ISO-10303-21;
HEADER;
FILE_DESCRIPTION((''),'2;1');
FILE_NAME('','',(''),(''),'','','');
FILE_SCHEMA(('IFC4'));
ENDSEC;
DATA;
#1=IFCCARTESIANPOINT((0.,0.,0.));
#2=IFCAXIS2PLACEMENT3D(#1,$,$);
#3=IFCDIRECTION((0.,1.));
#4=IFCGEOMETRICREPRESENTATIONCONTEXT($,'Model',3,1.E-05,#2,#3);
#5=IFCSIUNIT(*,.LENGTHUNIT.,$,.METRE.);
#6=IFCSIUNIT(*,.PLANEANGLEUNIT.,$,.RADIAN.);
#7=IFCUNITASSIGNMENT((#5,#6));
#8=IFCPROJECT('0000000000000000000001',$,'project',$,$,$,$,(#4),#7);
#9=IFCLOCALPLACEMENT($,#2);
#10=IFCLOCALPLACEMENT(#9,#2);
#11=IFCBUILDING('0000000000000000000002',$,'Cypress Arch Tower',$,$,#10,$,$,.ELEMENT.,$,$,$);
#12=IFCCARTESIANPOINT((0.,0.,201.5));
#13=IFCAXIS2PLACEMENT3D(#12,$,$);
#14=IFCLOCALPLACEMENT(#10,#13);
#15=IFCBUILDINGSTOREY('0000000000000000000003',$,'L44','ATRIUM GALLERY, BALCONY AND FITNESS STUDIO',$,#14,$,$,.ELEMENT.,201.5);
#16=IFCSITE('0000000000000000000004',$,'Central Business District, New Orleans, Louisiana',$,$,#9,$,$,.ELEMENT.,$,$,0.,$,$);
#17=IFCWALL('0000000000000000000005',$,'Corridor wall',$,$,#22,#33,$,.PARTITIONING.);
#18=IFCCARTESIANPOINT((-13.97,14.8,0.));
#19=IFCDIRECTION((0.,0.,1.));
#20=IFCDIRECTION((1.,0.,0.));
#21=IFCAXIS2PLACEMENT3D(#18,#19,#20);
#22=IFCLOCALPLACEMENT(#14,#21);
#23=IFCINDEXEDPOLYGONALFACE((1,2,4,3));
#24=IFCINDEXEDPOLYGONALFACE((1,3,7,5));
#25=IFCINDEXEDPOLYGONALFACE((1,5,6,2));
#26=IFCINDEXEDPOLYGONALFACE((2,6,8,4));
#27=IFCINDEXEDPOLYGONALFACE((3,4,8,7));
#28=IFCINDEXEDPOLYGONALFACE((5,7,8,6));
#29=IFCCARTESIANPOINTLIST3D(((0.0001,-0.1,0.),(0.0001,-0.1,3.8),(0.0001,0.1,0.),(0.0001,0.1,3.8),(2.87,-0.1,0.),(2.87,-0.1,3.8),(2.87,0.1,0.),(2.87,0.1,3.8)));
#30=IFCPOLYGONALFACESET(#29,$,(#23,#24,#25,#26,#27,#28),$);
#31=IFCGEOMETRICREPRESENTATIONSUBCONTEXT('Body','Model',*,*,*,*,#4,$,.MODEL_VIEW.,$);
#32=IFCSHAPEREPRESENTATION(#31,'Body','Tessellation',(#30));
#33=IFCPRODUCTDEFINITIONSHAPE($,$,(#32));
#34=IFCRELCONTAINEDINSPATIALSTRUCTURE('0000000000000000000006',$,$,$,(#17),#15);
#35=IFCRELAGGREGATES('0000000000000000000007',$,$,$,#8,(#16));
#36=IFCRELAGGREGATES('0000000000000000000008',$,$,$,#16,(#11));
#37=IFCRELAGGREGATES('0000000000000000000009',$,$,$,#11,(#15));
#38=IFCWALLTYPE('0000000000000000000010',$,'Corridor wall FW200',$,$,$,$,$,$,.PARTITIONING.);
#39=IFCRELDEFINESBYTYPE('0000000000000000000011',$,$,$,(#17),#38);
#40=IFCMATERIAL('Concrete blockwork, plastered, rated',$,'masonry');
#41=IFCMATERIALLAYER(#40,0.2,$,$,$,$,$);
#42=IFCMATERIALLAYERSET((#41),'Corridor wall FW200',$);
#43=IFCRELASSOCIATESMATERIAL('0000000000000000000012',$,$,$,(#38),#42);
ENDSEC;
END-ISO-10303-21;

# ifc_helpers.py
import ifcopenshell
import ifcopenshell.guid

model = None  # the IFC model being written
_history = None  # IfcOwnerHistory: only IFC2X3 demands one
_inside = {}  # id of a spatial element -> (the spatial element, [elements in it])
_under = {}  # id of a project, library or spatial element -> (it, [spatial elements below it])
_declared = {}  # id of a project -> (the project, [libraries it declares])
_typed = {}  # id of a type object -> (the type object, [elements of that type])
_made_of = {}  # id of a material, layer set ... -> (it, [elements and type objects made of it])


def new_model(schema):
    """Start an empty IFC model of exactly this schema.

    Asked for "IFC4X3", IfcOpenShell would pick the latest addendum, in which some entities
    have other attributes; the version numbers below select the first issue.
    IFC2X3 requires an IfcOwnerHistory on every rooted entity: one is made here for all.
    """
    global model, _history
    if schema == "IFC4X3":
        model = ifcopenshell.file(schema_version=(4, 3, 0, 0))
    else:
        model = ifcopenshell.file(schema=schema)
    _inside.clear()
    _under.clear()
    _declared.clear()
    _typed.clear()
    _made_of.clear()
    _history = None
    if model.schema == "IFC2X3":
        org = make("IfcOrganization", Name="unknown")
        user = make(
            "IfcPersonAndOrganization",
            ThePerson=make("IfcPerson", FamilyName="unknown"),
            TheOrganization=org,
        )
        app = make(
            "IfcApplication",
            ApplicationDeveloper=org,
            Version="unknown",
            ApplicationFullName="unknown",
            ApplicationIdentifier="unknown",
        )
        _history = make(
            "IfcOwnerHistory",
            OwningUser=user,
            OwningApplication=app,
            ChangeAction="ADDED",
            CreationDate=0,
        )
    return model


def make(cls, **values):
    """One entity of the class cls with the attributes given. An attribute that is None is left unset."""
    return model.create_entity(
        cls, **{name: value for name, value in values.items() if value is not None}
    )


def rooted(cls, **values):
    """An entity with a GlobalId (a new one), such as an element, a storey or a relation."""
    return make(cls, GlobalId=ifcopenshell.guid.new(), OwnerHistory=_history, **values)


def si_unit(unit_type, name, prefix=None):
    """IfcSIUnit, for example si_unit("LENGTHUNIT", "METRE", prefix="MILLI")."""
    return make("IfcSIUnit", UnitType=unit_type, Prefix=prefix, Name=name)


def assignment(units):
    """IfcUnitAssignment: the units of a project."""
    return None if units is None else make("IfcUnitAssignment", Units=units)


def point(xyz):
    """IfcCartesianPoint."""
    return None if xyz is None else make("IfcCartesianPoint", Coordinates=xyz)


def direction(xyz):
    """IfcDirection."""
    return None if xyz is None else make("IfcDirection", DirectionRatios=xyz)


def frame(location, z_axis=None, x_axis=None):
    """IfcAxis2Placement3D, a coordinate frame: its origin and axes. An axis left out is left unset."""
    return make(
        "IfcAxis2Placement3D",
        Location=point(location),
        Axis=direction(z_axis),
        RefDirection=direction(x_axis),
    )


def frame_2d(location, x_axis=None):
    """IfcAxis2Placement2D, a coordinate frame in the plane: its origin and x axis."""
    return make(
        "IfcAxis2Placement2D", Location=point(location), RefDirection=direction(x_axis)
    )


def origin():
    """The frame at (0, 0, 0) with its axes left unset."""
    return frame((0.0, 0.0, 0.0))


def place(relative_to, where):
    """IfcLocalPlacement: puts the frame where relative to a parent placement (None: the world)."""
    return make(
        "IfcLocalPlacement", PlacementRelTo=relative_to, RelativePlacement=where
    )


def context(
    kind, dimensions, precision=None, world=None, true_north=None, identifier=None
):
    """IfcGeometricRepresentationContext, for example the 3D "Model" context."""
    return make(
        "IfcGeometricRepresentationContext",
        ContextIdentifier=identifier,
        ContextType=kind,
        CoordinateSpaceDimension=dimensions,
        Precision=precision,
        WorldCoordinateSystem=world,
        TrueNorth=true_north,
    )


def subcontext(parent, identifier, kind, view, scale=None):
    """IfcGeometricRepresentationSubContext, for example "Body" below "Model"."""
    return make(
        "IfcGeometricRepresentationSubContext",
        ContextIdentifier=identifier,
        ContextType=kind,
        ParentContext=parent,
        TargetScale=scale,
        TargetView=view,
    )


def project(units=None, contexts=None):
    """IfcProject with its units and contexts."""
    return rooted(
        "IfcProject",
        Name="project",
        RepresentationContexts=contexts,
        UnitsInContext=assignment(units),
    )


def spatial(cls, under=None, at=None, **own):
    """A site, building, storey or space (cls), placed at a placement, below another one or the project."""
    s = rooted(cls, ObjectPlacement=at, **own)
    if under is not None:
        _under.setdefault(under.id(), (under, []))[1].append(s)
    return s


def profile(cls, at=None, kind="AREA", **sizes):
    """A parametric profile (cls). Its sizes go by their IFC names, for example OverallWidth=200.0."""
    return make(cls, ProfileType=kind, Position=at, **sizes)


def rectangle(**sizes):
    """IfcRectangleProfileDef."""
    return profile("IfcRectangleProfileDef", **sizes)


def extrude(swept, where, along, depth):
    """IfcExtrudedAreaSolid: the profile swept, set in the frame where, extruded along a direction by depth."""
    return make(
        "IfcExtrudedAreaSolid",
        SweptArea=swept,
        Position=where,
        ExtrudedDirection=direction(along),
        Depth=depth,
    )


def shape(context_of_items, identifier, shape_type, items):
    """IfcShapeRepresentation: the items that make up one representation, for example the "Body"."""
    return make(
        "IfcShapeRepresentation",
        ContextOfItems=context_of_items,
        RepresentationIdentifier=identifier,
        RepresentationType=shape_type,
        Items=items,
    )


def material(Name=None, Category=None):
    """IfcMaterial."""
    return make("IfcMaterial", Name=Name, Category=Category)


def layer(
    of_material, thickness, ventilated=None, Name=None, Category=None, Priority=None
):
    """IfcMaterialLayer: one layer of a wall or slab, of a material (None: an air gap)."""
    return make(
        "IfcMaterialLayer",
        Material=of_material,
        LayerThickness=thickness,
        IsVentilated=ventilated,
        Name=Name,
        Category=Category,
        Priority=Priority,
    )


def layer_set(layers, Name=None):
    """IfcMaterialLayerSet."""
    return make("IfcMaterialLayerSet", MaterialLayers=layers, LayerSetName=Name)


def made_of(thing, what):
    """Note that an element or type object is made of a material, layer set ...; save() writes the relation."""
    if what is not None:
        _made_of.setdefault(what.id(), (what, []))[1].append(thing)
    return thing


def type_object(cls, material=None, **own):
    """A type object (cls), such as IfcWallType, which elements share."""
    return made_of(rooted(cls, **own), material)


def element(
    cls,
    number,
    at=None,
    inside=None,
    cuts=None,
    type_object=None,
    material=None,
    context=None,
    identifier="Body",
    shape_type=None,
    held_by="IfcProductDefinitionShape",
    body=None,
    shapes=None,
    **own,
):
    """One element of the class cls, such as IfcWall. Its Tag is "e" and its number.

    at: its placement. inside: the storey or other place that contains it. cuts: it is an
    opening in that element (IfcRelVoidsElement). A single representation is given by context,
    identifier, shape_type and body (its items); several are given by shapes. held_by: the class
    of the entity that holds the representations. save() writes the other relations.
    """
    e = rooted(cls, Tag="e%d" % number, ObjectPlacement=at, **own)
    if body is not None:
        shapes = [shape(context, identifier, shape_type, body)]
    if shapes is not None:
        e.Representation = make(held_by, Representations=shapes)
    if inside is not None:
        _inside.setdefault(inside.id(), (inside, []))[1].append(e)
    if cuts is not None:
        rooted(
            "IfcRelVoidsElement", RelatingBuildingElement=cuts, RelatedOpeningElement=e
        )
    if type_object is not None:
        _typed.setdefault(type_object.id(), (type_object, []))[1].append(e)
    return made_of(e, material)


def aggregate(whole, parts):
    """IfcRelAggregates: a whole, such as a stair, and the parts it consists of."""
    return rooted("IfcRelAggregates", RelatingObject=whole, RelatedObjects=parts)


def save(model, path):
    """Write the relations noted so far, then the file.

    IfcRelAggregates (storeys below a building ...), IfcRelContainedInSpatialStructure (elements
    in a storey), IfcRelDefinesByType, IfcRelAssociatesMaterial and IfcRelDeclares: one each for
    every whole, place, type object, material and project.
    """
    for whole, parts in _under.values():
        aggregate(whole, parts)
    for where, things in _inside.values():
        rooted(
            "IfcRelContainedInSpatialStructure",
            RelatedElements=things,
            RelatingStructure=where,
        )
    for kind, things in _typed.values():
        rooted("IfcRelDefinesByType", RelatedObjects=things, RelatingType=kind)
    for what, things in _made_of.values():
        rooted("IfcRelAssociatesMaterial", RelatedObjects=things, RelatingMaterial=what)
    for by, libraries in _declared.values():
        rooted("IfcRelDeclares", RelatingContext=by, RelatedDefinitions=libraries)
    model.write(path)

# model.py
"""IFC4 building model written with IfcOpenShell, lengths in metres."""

from ifc_helpers import new_model, si_unit, direction, frame, frame_2d, origin, place, context, subcontext, project, spatial, rectangle, extrude, material, layer, layer_set, type_object, element, save


model = new_model("IFC4")

# Units and contexts
model_context = context("Model", 3, precision=1e-05, world=origin(), true_north=direction((0.0, 1.0)))
body_context = subcontext(model_context, "Body", "Model", "MODEL_VIEW")
ifc_project = project(units=[si_unit("LENGTHUNIT", "METRE"), si_unit("PLANEANGLEUNIT", "RADIAN")], contexts=[model_context])

# Site, building, storey
site_placement = place(None, origin())
site = spatial("IfcSite", under=ifc_project, at=site_placement, Name="Central Business District, New Orleans, Louisiana", CompositionType="ELEMENT", RefElevation=0.0)
building_placement = place(site_placement, origin())
building = spatial("IfcBuilding", under=site, at=building_placement, Name="Cypress Arch Tower", CompositionType="ELEMENT")
storey_placement = place(building_placement, frame((0.0, 0.0, 201.5)))
storey = spatial("IfcBuildingStorey", under=building, at=storey_placement, Name="L44", Description="ATRIUM GALLERY, BALCONY AND FITNESS STUDIO", CompositionType="ELEMENT", Elevation=201.5)

# Wall
ifc_material_1 = material(Name="Concrete blockwork, plastered, rated", Category="masonry")
ifc_layer_1 = layer(ifc_material_1, 0.2)
ifc_layer_set_1 = layer_set([ifc_layer_1], Name="Corridor wall FW200")
wall_type_1 = type_object("IfcWallType", Name="Corridor wall FW200", PredefinedType="PARTITIONING", material=ifc_layer_set_1)
wall_1_placement = place(storey_placement, frame((-13.97, 14.8, 0.0), z_axis=(0.0, 0.0, 1.0), x_axis=(1.0, 0.0, 0.0)))
element("IfcWall", 1, at=wall_1_placement, inside=storey, type_object=wall_type_1, Name="Corridor wall", PredefinedType="PARTITIONING", context=body_context, shape_type="SweptSolid", body=[
    extrude(rectangle(XDim=2.8699, YDim=0.2, at=frame_2d((1.4351, 0.0))), origin(), (0.0, 0.0, 1.0), 3.8),
])

save(model, "model.ifc")
